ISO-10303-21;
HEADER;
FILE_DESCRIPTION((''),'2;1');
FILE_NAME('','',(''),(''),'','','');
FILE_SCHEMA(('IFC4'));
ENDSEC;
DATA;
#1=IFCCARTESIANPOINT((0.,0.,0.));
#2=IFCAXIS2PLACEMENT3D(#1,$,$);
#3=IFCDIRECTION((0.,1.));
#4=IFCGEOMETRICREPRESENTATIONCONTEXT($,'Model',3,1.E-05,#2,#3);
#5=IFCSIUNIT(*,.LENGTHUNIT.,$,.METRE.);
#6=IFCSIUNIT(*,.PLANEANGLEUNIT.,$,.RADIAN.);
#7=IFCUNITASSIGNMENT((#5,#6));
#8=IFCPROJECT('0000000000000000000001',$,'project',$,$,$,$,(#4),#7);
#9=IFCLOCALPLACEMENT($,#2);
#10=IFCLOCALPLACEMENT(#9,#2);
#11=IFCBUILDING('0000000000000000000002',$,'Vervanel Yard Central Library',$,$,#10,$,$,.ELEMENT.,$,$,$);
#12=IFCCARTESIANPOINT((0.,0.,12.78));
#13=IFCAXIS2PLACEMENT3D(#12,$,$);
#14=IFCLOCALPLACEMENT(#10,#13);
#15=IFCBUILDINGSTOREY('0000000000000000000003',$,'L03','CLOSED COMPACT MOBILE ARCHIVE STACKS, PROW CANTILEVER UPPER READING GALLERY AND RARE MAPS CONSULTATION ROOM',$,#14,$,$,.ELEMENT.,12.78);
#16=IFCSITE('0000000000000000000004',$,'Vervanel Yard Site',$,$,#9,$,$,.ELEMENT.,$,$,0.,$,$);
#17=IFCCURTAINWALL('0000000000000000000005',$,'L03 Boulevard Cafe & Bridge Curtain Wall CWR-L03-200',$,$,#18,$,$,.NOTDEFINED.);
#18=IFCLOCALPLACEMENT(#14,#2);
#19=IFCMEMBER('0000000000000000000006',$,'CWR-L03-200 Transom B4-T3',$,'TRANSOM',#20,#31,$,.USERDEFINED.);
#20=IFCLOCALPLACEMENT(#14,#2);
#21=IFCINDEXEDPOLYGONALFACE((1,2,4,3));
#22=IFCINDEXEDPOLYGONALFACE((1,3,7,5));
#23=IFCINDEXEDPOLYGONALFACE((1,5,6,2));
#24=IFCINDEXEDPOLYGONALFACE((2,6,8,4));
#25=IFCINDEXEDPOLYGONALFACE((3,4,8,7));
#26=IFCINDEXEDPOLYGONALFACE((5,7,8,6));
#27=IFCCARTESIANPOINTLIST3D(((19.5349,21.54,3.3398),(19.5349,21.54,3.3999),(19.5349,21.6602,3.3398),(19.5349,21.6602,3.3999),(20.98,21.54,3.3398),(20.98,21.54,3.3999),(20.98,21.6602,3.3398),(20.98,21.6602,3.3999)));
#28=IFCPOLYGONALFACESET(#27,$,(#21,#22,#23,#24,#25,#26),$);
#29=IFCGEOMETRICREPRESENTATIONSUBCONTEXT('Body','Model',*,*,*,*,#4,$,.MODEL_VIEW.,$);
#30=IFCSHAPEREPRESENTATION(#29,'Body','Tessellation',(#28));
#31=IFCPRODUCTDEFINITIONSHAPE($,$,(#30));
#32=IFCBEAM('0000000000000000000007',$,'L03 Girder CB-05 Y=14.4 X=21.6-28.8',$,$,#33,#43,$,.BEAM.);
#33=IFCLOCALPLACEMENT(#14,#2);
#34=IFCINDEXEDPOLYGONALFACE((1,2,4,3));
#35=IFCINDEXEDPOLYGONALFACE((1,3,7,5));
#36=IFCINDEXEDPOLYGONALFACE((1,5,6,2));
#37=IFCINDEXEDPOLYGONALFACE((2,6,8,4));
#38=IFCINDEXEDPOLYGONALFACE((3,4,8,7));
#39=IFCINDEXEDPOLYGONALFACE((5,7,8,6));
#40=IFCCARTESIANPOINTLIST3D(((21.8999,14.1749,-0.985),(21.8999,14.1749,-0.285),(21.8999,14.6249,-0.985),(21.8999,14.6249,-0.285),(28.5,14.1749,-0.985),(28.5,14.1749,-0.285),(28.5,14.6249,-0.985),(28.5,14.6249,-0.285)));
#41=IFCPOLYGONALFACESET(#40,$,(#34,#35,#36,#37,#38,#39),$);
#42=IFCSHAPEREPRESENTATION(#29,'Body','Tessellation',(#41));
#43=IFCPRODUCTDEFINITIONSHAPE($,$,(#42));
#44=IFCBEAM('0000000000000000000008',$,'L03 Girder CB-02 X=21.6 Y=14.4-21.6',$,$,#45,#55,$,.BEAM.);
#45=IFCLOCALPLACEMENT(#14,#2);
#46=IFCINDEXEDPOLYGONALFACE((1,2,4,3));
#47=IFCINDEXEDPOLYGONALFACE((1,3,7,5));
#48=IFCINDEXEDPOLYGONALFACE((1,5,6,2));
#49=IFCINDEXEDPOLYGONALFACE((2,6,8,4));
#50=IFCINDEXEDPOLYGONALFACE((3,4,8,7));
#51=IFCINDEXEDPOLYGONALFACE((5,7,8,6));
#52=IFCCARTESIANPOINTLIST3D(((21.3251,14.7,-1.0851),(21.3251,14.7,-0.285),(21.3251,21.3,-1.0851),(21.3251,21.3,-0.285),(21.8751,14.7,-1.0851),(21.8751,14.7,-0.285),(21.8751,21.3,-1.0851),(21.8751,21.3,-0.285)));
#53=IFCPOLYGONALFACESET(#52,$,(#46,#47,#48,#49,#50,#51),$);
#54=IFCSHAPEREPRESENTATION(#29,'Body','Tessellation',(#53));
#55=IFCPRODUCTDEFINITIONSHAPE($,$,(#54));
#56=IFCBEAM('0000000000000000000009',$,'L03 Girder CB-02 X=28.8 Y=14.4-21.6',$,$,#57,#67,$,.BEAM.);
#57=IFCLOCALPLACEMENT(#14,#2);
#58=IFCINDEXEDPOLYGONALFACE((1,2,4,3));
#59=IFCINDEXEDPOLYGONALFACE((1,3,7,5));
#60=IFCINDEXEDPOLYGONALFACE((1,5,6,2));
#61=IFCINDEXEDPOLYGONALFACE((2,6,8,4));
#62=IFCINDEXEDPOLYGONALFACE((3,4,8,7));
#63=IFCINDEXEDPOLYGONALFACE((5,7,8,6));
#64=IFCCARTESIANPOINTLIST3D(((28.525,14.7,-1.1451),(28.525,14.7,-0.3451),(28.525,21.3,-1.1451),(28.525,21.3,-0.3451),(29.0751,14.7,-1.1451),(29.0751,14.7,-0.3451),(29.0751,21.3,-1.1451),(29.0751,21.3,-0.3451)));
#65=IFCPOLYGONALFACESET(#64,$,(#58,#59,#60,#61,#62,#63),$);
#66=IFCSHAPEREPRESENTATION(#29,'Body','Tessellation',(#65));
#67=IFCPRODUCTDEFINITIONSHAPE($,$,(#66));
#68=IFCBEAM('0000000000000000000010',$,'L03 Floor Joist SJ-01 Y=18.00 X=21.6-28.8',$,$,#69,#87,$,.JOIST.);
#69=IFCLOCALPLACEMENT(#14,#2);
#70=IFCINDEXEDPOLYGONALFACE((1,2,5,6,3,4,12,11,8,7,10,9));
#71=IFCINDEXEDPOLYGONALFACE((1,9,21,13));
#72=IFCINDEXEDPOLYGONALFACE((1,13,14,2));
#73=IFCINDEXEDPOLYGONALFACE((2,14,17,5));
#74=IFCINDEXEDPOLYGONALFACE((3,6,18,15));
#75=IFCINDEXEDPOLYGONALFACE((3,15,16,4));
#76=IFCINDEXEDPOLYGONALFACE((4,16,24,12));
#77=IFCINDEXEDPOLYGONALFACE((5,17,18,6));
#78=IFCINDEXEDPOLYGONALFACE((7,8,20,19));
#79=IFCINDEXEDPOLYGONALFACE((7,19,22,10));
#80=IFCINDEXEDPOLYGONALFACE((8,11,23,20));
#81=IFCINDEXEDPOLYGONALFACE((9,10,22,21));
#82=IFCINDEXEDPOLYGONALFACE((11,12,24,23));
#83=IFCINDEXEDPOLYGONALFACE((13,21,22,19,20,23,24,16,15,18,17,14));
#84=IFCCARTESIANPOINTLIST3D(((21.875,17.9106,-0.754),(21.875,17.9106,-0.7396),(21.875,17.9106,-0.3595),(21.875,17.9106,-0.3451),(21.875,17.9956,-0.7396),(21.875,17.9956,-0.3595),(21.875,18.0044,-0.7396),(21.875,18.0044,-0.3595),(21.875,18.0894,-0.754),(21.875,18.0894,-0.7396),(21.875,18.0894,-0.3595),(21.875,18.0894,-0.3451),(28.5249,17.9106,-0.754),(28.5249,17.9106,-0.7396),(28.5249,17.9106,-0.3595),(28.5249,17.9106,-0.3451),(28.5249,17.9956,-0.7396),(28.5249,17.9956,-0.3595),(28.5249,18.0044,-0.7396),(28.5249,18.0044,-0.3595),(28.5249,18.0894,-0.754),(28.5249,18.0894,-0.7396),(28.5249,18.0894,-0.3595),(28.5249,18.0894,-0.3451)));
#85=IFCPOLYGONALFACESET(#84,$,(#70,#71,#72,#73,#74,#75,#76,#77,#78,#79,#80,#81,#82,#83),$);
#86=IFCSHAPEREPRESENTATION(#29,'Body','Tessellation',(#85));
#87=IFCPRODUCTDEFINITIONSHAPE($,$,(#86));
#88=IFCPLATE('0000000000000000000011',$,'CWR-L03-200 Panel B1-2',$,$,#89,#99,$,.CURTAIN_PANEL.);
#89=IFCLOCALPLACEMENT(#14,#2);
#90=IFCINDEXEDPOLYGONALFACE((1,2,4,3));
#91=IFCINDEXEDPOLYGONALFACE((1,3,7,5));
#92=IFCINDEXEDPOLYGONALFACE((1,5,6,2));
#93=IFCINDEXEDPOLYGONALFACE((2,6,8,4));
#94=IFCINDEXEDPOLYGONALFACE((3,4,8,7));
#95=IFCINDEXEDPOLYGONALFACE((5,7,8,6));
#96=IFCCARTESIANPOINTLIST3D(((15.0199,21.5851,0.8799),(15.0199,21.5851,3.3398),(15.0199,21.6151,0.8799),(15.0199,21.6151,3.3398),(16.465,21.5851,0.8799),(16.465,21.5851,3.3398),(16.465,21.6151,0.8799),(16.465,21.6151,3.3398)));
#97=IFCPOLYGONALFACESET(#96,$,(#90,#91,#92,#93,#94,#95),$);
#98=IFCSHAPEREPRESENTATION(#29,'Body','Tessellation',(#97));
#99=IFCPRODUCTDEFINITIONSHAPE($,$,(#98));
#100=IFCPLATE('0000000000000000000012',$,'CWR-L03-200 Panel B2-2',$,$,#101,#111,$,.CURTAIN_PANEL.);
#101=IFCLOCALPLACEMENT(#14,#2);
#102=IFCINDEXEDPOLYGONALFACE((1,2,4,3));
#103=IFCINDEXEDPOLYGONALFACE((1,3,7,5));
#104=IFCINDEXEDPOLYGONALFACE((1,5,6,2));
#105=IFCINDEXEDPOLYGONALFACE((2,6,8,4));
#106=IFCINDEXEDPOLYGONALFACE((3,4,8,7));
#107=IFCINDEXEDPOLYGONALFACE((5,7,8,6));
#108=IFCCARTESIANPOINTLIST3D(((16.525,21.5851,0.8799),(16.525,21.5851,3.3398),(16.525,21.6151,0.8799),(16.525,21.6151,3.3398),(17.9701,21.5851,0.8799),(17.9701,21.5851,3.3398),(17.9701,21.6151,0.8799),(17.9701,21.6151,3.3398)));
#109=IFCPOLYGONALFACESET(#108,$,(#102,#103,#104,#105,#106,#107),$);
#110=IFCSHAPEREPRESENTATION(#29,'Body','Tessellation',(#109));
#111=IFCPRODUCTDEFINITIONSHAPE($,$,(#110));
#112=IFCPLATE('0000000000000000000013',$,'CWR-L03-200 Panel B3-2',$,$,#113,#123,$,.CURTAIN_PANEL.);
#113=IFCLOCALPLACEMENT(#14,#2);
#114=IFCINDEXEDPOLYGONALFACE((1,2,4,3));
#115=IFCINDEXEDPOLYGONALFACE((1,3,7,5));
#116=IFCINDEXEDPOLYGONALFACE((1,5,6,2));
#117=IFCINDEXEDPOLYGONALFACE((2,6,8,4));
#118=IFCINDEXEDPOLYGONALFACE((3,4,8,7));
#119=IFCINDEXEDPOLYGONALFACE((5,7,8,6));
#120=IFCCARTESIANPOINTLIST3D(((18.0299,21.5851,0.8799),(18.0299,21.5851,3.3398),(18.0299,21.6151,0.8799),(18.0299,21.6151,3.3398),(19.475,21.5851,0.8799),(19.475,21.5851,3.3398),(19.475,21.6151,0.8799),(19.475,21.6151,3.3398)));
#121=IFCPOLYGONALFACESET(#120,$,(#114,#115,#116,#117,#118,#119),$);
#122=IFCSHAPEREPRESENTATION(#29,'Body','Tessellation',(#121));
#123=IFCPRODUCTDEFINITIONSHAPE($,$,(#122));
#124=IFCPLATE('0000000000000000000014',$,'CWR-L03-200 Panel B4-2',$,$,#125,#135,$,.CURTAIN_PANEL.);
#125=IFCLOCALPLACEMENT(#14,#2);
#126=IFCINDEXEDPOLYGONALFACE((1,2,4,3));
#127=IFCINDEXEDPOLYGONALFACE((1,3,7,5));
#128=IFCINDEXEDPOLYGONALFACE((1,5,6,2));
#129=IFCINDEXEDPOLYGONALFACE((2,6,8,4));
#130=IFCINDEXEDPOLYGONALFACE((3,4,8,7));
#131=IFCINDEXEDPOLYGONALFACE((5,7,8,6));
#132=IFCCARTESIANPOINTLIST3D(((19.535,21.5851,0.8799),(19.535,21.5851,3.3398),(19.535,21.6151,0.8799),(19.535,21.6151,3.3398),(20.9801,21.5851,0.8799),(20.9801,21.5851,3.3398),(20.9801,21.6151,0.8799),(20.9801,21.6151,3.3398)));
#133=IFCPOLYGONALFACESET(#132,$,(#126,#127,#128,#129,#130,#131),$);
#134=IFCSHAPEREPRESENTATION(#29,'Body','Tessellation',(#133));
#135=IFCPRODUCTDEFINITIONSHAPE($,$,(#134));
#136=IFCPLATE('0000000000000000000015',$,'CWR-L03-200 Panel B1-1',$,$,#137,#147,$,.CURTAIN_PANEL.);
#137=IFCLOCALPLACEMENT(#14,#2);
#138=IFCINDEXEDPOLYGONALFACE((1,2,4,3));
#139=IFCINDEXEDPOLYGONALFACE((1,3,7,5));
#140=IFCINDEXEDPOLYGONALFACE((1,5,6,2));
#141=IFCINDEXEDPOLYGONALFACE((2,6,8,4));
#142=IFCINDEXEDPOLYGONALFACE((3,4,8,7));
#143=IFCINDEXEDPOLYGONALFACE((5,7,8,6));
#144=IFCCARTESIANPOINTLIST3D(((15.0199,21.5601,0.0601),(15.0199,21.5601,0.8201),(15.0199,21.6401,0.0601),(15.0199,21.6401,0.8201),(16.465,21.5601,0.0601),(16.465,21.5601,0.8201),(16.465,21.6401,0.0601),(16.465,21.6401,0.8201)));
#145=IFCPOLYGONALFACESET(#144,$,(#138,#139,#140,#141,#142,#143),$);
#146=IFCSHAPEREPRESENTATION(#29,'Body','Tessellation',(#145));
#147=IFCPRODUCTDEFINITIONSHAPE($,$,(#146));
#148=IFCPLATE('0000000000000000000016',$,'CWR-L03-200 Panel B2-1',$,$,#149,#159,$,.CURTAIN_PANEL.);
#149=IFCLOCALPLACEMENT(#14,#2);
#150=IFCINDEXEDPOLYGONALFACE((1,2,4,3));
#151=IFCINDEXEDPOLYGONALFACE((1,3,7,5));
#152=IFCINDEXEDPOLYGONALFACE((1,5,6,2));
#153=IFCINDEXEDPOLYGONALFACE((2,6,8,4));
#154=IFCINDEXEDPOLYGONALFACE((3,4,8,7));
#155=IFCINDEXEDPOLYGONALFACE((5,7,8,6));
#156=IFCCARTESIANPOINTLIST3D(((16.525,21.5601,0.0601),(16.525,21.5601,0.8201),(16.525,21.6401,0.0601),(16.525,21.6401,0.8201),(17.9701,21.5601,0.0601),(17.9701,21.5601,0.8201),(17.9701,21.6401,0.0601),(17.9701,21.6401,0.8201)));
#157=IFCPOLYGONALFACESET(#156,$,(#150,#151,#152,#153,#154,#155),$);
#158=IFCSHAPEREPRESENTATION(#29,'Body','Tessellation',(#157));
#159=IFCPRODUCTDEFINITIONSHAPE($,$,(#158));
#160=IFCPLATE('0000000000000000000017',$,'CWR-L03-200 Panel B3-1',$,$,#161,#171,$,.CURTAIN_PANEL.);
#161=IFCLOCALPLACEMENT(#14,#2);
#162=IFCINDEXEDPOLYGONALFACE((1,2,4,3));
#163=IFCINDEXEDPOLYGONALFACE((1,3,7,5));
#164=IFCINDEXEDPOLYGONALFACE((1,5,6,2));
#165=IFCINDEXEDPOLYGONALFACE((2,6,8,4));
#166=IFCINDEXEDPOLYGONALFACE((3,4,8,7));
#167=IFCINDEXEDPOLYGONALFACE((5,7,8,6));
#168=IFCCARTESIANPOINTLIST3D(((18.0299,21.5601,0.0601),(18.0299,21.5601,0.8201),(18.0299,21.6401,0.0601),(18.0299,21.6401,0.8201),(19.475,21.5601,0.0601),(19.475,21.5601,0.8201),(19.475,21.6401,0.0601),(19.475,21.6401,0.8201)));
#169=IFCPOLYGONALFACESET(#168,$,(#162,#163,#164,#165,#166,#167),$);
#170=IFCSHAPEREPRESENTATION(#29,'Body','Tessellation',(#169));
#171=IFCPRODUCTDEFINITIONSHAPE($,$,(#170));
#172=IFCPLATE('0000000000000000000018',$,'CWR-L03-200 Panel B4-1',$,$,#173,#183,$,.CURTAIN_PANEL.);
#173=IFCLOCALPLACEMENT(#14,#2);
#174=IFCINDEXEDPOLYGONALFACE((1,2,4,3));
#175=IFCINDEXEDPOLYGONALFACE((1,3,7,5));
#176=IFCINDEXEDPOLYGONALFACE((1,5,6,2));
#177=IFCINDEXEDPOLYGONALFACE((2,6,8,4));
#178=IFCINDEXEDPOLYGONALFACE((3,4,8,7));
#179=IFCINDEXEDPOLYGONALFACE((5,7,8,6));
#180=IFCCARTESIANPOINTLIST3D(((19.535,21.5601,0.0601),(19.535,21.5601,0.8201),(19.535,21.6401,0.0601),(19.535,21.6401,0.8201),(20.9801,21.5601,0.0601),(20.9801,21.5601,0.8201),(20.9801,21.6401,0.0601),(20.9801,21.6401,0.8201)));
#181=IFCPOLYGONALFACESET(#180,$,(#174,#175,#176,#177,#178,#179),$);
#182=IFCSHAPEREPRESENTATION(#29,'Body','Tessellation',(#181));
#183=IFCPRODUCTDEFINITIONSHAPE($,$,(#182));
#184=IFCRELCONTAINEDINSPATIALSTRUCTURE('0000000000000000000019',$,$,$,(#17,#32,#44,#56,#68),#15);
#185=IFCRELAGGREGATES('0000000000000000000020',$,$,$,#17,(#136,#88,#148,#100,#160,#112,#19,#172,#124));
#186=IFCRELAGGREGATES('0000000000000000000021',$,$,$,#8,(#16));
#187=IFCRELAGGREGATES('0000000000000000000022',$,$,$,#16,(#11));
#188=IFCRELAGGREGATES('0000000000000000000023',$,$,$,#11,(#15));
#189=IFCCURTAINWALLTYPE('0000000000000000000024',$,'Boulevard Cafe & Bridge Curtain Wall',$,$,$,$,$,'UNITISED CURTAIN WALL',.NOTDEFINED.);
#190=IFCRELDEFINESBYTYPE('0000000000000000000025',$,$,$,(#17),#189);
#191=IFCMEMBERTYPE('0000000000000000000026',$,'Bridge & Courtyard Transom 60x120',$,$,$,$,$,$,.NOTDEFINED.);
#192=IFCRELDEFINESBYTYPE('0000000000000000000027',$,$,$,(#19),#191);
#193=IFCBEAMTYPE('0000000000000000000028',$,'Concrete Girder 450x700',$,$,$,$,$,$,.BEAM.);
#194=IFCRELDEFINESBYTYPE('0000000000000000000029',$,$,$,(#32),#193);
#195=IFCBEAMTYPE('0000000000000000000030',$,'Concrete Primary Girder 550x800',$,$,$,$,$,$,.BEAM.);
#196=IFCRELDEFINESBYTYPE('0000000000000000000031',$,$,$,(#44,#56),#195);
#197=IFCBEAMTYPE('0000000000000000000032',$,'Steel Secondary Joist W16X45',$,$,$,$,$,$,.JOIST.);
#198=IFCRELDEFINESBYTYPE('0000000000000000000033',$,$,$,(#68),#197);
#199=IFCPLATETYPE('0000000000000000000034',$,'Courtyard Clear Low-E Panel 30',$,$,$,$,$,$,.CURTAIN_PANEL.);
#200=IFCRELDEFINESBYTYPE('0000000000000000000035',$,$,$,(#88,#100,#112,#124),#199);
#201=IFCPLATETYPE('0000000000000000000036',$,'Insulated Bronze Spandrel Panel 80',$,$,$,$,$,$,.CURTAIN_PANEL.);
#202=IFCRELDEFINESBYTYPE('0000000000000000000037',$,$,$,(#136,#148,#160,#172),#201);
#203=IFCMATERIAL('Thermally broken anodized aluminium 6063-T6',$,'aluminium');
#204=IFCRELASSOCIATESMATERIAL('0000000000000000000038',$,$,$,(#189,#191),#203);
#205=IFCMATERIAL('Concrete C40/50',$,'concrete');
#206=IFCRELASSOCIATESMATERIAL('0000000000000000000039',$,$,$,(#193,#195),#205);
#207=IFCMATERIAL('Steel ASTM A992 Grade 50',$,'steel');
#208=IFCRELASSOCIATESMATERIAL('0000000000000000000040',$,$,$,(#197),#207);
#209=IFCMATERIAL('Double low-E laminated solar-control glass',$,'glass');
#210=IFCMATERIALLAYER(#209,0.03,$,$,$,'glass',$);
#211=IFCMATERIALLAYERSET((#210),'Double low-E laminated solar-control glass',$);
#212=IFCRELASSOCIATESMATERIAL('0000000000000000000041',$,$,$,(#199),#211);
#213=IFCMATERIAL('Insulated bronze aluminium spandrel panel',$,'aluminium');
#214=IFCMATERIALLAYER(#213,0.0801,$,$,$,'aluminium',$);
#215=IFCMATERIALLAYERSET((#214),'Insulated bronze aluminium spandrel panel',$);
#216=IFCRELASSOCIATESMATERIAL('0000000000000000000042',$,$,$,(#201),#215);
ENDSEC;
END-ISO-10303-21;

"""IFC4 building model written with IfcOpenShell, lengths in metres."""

from ifc_helpers import new_model, si_unit, direction, frame, origin, origin_2d, place, context, subcontext, project, spatial, rectangle, i_section, extrude, material, layer, layer_set, material_profile, profile_set, type_object, element, aggregate, save


model = new_model("IFC4")

# Units and contexts
model_context = context("Model", 3, precision=1e-05, world=origin(), true_north=direction((0.0, 1.0)))
body_context = subcontext(model_context, "Body", "Model", "MODEL_VIEW")
ifc_project = project(units=[si_unit("LENGTHUNIT", "METRE"), si_unit("PLANEANGLEUNIT", "RADIAN")], contexts=[model_context])

# Site, building, storey
site_placement = place(None, origin())
site = spatial("IfcSite", under=ifc_project, at=site_placement, Name="Vervanel Yard Site", CompositionType="ELEMENT", RefElevation=0.0)
building_placement = place(site_placement, origin())
building = spatial("IfcBuilding", under=site, at=building_placement, Name="Vervanel Yard Central Library", CompositionType="ELEMENT")
storey_placement = place(building_placement, frame((0.0, 0.0, 12.78)))
storey = spatial("IfcBuildingStorey", under=building, at=storey_placement, Name="L03", Description="CLOSED COMPACT MOBILE ARCHIVE STACKS, PROW CANTILEVER UPPER READING GALLERY AND RARE MAPS CONSULTATION ROOM", CompositionType="ELEMENT", Elevation=12.78)

# Shared definitions
ifc_material_1 = material(Name="Concrete C40/50", Category="concrete")

# Curtain wall, member
ifc_material_2 = material(Name="Thermally broken anodized aluminium 6063-T6", Category="aluminium")
curtain_wall_type = type_object("IfcCurtainWallType", Name="Boulevard Cafe & Bridge Curtain Wall", ElementType="UNITISED CURTAIN WALL", PredefinedType="NOTDEFINED", material=ifc_material_2)
curtain_wall_placement = place(storey_placement, origin())
curtain_wall = element("IfcCurtainWall", 1, at=curtain_wall_placement, inside=storey, type_object=curtain_wall_type, Name="L03 Boulevard Cafe & Bridge Curtain Wall CWR-L03-200", PredefinedType="NOTDEFINED")
ifc_material_profile_1 = material_profile(ifc_material_2, rectangle(XDim=0.0601, YDim=0.1201, at=origin_2d()), Name="ALU 60x120", Category="aluminium")
ifc_profile_set_1 = profile_set([ifc_material_profile_1], Name="Thermally broken anodized aluminium 6063-T6")
member_type_1 = type_object("IfcMemberType", Name="Bridge & Courtyard Transom 60x120", PredefinedType="NOTDEFINED", material=ifc_profile_set_1)
member_1_placement = place(storey_placement, frame((19.5349, 21.6001, 3.3699), z_axis=(1.0, 0.0, 0.0), x_axis=(0.0, 0.0, 1.0)))
member_1 = element("IfcMember", 2, at=member_1_placement, type_object=member_type_1, Name="CWR-L03-200 Transom B4-T3", ObjectType="TRANSOM", PredefinedType="USERDEFINED", context=body_context, shape_type="SweptSolid", body=[
    extrude(rectangle(XDim=0.0601, YDim=0.1201, at=origin_2d()), origin(), (0.0, 0.0, 1.0), 1.4451),
])

# Beams
ifc_material_profile_2 = material_profile(ifc_material_1, rectangle(XDim=0.45, YDim=0.7, at=origin_2d()), Name="RC 450x700", Category="concrete")
ifc_profile_set_2 = profile_set([ifc_material_profile_2], Name="Concrete C40/50")
beam_type_1 = type_object("IfcBeamType", Name="Concrete Girder 450x700", PredefinedType="BEAM", material=ifc_profile_set_2)
beam_1_placement = place(storey_placement, frame((21.8999, 14.3999, -0.635), z_axis=(1.0, 0.0, 0.0), x_axis=(0.0, 1.0, 0.0)))
element("IfcBeam", 3, at=beam_1_placement, inside=storey, type_object=beam_type_1, Name="L03 Girder CB-05 Y=14.4 X=21.6-28.8", PredefinedType="BEAM", context=body_context, shape_type="SweptSolid", body=[
    extrude(rectangle(XDim=0.45, YDim=0.7, at=origin_2d()), origin(), (0.0, 0.0, 1.0), 6.6001),
])
ifc_material_profile_3 = material_profile(ifc_material_1, rectangle(XDim=0.55, YDim=0.8, at=origin_2d()), Name="RC 550x800", Category="concrete")
ifc_profile_set_3 = profile_set([ifc_material_profile_3], Name="Concrete C40/50")
beam_type_2 = type_object("IfcBeamType", Name="Concrete Primary Girder 550x800", PredefinedType="BEAM", material=ifc_profile_set_3)
for number, where, z_axis, x_axis, name in (
    (4, (21.6001, 14.7, -0.6851), (0.0, 1.0, 0.0), (-1.0, 0.0, 0.0), "L03 Girder CB-02 X=21.6 Y=14.4-21.6"),
    (5, (28.8, 14.7, -0.7451), (0.0, 1.0, 0.0), (-1.0, 0.0, 0.0), "L03 Girder CB-02 X=28.8 Y=14.4-21.6"),
):
    element("IfcBeam", number, at=place(storey_placement, frame(where, z_axis=z_axis, x_axis=x_axis)), inside=storey, type_object=beam_type_2, Name=name, PredefinedType="BEAM", context=body_context, shape_type="SweptSolid", body=[
        extrude(rectangle(XDim=0.55, YDim=0.8, at=origin_2d()), origin(), (0.0, 0.0, 1.0), 6.6001),
    ])
ifc_material_3 = material(Name="Steel ASTM A992 Grade 50", Category="steel")
ifc_material_profile_4 = material_profile(ifc_material_3, i_section(OverallWidth=0.1787, OverallDepth=0.4089, WebThickness=0.0088, FlangeThickness=0.0144, at=origin_2d()), Name="W16X45", Category="steel")
ifc_profile_set_4 = profile_set([ifc_material_profile_4], Name="Steel ASTM A992 Grade 50")
beam_type_3 = type_object("IfcBeamType", Name="Steel Secondary Joist W16X45", PredefinedType="JOIST", material=ifc_profile_set_4)
beam_2_placement = place(storey_placement, frame((21.875, 18.0, -0.5496), z_axis=(1.0, 0.0, 0.0), x_axis=(0.0, 1.0, 0.0)))
element("IfcBeam", 6, at=beam_2_placement, inside=storey, type_object=beam_type_3, Name="L03 Floor Joist SJ-01 Y=18.00 X=21.6-28.8", PredefinedType="JOIST", context=body_context, shape_type="SweptSolid", body=[
    extrude(i_section(OverallWidth=0.1787, OverallDepth=0.4089, WebThickness=0.0088, FlangeThickness=0.0144, at=origin_2d()), origin(), (0.0, 0.0, 1.0), 6.6499),
])

# Plates
ifc_material_4 = material(Name="Double low-E laminated solar-control glass", Category="glass")
ifc_layer_1 = layer(ifc_material_4, 0.03, Category="glass")
ifc_layer_set_1 = layer_set([ifc_layer_1], Name="Double low-E laminated solar-control glass")
plate_type_1 = type_object("IfcPlateType", Name="Courtyard Clear Low-E Panel 30", PredefinedType="CURTAIN_PANEL", material=ifc_layer_set_1)
plate_1_placement = place(storey_placement, frame((15.7424, 21.6001, 0.8799), z_axis=(0.0, 0.0, 1.0), x_axis=(1.0, 0.0, 0.0)))
plate_1 = element("IfcPlate", 7, at=plate_1_placement, type_object=plate_type_1, Name="CWR-L03-200 Panel B1-2", PredefinedType="CURTAIN_PANEL", context=body_context, shape_type="SweptSolid", body=[
    extrude(rectangle(XDim=1.4451, YDim=0.03, at=origin_2d()), origin(), (0.0, 0.0, 1.0), 2.46),
])
plate_2_placement = place(storey_placement, frame((17.2476, 21.6001, 0.8799), z_axis=(0.0, 0.0, 1.0), x_axis=(1.0, 0.0, 0.0)))
plate_2 = element("IfcPlate", 8, at=plate_2_placement, type_object=plate_type_1, Name="CWR-L03-200 Panel B2-2", PredefinedType="CURTAIN_PANEL", context=body_context, shape_type="SweptSolid", body=[
    extrude(rectangle(XDim=1.4451, YDim=0.03, at=origin_2d()), origin(), (0.0, 0.0, 1.0), 2.46),
])
plate_3_placement = place(storey_placement, frame((18.7524, 21.6001, 0.8799), z_axis=(0.0, 0.0, 1.0), x_axis=(1.0, 0.0, 0.0)))
plate_3 = element("IfcPlate", 9, at=plate_3_placement, type_object=plate_type_1, Name="CWR-L03-200 Panel B3-2", PredefinedType="CURTAIN_PANEL", context=body_context, shape_type="SweptSolid", body=[
    extrude(rectangle(XDim=1.4451, YDim=0.03, at=origin_2d()), origin(), (0.0, 0.0, 1.0), 2.46),
])
plate_4_placement = place(storey_placement, frame((20.2576, 21.6001, 0.8799), z_axis=(0.0, 0.0, 1.0), x_axis=(1.0, 0.0, 0.0)))
plate_4 = element("IfcPlate", 10, at=plate_4_placement, type_object=plate_type_1, Name="CWR-L03-200 Panel B4-2", PredefinedType="CURTAIN_PANEL", context=body_context, shape_type="SweptSolid", body=[
    extrude(rectangle(XDim=1.4451, YDim=0.03, at=origin_2d()), origin(), (0.0, 0.0, 1.0), 2.46),
])
ifc_material_5 = material(Name="Insulated bronze aluminium spandrel panel", Category="aluminium")
ifc_layer_2 = layer(ifc_material_5, 0.0801, Category="aluminium")
ifc_layer_set_2 = layer_set([ifc_layer_2], Name="Insulated bronze aluminium spandrel panel")
plate_type_2 = type_object("IfcPlateType", Name="Insulated Bronze Spandrel Panel 80", PredefinedType="CURTAIN_PANEL", material=ifc_layer_set_2)
plate_5_placement = place(storey_placement, frame((15.7424, 21.6001, 0.0601), z_axis=(0.0, 0.0, 1.0), x_axis=(1.0, 0.0, 0.0)))
plate_5 = element("IfcPlate", 11, at=plate_5_placement, type_object=plate_type_2, Name="CWR-L03-200 Panel B1-1", PredefinedType="CURTAIN_PANEL", context=body_context, shape_type="SweptSolid", body=[
    extrude(rectangle(XDim=1.4451, YDim=0.0801, at=origin_2d()), origin(), (0.0, 0.0, 1.0), 0.76),
])
plate_6_placement = place(storey_placement, frame((17.2476, 21.6001, 0.0601), z_axis=(0.0, 0.0, 1.0), x_axis=(1.0, 0.0, 0.0)))
plate_6 = element("IfcPlate", 12, at=plate_6_placement, type_object=plate_type_2, Name="CWR-L03-200 Panel B2-1", PredefinedType="CURTAIN_PANEL", context=body_context, shape_type="SweptSolid", body=[
    extrude(rectangle(XDim=1.4451, YDim=0.0801, at=origin_2d()), origin(), (0.0, 0.0, 1.0), 0.76),
])
plate_7_placement = place(storey_placement, frame((18.7524, 21.6001, 0.0601), z_axis=(0.0, 0.0, 1.0), x_axis=(1.0, 0.0, 0.0)))
plate_7 = element("IfcPlate", 13, at=plate_7_placement, type_object=plate_type_2, Name="CWR-L03-200 Panel B3-1", PredefinedType="CURTAIN_PANEL", context=body_context, shape_type="SweptSolid", body=[
    extrude(rectangle(XDim=1.4451, YDim=0.0801, at=origin_2d()), origin(), (0.0, 0.0, 1.0), 0.76),
])
plate_8_placement = place(storey_placement, frame((20.2576, 21.6001, 0.0601), z_axis=(0.0, 0.0, 1.0), x_axis=(1.0, 0.0, 0.0)))
plate_8 = element("IfcPlate", 14, at=plate_8_placement, type_object=plate_type_2, Name="CWR-L03-200 Panel B4-1", PredefinedType="CURTAIN_PANEL", context=body_context, shape_type="SweptSolid", body=[
    extrude(rectangle(XDim=1.4451, YDim=0.0801, at=origin_2d()), origin(), (0.0, 0.0, 1.0), 0.76),
])
aggregate(curtain_wall, [plate_5, plate_1, plate_6, plate_2, plate_7, plate_3, member_1, plate_8, plate_4])

save(model, "model.ifc")
